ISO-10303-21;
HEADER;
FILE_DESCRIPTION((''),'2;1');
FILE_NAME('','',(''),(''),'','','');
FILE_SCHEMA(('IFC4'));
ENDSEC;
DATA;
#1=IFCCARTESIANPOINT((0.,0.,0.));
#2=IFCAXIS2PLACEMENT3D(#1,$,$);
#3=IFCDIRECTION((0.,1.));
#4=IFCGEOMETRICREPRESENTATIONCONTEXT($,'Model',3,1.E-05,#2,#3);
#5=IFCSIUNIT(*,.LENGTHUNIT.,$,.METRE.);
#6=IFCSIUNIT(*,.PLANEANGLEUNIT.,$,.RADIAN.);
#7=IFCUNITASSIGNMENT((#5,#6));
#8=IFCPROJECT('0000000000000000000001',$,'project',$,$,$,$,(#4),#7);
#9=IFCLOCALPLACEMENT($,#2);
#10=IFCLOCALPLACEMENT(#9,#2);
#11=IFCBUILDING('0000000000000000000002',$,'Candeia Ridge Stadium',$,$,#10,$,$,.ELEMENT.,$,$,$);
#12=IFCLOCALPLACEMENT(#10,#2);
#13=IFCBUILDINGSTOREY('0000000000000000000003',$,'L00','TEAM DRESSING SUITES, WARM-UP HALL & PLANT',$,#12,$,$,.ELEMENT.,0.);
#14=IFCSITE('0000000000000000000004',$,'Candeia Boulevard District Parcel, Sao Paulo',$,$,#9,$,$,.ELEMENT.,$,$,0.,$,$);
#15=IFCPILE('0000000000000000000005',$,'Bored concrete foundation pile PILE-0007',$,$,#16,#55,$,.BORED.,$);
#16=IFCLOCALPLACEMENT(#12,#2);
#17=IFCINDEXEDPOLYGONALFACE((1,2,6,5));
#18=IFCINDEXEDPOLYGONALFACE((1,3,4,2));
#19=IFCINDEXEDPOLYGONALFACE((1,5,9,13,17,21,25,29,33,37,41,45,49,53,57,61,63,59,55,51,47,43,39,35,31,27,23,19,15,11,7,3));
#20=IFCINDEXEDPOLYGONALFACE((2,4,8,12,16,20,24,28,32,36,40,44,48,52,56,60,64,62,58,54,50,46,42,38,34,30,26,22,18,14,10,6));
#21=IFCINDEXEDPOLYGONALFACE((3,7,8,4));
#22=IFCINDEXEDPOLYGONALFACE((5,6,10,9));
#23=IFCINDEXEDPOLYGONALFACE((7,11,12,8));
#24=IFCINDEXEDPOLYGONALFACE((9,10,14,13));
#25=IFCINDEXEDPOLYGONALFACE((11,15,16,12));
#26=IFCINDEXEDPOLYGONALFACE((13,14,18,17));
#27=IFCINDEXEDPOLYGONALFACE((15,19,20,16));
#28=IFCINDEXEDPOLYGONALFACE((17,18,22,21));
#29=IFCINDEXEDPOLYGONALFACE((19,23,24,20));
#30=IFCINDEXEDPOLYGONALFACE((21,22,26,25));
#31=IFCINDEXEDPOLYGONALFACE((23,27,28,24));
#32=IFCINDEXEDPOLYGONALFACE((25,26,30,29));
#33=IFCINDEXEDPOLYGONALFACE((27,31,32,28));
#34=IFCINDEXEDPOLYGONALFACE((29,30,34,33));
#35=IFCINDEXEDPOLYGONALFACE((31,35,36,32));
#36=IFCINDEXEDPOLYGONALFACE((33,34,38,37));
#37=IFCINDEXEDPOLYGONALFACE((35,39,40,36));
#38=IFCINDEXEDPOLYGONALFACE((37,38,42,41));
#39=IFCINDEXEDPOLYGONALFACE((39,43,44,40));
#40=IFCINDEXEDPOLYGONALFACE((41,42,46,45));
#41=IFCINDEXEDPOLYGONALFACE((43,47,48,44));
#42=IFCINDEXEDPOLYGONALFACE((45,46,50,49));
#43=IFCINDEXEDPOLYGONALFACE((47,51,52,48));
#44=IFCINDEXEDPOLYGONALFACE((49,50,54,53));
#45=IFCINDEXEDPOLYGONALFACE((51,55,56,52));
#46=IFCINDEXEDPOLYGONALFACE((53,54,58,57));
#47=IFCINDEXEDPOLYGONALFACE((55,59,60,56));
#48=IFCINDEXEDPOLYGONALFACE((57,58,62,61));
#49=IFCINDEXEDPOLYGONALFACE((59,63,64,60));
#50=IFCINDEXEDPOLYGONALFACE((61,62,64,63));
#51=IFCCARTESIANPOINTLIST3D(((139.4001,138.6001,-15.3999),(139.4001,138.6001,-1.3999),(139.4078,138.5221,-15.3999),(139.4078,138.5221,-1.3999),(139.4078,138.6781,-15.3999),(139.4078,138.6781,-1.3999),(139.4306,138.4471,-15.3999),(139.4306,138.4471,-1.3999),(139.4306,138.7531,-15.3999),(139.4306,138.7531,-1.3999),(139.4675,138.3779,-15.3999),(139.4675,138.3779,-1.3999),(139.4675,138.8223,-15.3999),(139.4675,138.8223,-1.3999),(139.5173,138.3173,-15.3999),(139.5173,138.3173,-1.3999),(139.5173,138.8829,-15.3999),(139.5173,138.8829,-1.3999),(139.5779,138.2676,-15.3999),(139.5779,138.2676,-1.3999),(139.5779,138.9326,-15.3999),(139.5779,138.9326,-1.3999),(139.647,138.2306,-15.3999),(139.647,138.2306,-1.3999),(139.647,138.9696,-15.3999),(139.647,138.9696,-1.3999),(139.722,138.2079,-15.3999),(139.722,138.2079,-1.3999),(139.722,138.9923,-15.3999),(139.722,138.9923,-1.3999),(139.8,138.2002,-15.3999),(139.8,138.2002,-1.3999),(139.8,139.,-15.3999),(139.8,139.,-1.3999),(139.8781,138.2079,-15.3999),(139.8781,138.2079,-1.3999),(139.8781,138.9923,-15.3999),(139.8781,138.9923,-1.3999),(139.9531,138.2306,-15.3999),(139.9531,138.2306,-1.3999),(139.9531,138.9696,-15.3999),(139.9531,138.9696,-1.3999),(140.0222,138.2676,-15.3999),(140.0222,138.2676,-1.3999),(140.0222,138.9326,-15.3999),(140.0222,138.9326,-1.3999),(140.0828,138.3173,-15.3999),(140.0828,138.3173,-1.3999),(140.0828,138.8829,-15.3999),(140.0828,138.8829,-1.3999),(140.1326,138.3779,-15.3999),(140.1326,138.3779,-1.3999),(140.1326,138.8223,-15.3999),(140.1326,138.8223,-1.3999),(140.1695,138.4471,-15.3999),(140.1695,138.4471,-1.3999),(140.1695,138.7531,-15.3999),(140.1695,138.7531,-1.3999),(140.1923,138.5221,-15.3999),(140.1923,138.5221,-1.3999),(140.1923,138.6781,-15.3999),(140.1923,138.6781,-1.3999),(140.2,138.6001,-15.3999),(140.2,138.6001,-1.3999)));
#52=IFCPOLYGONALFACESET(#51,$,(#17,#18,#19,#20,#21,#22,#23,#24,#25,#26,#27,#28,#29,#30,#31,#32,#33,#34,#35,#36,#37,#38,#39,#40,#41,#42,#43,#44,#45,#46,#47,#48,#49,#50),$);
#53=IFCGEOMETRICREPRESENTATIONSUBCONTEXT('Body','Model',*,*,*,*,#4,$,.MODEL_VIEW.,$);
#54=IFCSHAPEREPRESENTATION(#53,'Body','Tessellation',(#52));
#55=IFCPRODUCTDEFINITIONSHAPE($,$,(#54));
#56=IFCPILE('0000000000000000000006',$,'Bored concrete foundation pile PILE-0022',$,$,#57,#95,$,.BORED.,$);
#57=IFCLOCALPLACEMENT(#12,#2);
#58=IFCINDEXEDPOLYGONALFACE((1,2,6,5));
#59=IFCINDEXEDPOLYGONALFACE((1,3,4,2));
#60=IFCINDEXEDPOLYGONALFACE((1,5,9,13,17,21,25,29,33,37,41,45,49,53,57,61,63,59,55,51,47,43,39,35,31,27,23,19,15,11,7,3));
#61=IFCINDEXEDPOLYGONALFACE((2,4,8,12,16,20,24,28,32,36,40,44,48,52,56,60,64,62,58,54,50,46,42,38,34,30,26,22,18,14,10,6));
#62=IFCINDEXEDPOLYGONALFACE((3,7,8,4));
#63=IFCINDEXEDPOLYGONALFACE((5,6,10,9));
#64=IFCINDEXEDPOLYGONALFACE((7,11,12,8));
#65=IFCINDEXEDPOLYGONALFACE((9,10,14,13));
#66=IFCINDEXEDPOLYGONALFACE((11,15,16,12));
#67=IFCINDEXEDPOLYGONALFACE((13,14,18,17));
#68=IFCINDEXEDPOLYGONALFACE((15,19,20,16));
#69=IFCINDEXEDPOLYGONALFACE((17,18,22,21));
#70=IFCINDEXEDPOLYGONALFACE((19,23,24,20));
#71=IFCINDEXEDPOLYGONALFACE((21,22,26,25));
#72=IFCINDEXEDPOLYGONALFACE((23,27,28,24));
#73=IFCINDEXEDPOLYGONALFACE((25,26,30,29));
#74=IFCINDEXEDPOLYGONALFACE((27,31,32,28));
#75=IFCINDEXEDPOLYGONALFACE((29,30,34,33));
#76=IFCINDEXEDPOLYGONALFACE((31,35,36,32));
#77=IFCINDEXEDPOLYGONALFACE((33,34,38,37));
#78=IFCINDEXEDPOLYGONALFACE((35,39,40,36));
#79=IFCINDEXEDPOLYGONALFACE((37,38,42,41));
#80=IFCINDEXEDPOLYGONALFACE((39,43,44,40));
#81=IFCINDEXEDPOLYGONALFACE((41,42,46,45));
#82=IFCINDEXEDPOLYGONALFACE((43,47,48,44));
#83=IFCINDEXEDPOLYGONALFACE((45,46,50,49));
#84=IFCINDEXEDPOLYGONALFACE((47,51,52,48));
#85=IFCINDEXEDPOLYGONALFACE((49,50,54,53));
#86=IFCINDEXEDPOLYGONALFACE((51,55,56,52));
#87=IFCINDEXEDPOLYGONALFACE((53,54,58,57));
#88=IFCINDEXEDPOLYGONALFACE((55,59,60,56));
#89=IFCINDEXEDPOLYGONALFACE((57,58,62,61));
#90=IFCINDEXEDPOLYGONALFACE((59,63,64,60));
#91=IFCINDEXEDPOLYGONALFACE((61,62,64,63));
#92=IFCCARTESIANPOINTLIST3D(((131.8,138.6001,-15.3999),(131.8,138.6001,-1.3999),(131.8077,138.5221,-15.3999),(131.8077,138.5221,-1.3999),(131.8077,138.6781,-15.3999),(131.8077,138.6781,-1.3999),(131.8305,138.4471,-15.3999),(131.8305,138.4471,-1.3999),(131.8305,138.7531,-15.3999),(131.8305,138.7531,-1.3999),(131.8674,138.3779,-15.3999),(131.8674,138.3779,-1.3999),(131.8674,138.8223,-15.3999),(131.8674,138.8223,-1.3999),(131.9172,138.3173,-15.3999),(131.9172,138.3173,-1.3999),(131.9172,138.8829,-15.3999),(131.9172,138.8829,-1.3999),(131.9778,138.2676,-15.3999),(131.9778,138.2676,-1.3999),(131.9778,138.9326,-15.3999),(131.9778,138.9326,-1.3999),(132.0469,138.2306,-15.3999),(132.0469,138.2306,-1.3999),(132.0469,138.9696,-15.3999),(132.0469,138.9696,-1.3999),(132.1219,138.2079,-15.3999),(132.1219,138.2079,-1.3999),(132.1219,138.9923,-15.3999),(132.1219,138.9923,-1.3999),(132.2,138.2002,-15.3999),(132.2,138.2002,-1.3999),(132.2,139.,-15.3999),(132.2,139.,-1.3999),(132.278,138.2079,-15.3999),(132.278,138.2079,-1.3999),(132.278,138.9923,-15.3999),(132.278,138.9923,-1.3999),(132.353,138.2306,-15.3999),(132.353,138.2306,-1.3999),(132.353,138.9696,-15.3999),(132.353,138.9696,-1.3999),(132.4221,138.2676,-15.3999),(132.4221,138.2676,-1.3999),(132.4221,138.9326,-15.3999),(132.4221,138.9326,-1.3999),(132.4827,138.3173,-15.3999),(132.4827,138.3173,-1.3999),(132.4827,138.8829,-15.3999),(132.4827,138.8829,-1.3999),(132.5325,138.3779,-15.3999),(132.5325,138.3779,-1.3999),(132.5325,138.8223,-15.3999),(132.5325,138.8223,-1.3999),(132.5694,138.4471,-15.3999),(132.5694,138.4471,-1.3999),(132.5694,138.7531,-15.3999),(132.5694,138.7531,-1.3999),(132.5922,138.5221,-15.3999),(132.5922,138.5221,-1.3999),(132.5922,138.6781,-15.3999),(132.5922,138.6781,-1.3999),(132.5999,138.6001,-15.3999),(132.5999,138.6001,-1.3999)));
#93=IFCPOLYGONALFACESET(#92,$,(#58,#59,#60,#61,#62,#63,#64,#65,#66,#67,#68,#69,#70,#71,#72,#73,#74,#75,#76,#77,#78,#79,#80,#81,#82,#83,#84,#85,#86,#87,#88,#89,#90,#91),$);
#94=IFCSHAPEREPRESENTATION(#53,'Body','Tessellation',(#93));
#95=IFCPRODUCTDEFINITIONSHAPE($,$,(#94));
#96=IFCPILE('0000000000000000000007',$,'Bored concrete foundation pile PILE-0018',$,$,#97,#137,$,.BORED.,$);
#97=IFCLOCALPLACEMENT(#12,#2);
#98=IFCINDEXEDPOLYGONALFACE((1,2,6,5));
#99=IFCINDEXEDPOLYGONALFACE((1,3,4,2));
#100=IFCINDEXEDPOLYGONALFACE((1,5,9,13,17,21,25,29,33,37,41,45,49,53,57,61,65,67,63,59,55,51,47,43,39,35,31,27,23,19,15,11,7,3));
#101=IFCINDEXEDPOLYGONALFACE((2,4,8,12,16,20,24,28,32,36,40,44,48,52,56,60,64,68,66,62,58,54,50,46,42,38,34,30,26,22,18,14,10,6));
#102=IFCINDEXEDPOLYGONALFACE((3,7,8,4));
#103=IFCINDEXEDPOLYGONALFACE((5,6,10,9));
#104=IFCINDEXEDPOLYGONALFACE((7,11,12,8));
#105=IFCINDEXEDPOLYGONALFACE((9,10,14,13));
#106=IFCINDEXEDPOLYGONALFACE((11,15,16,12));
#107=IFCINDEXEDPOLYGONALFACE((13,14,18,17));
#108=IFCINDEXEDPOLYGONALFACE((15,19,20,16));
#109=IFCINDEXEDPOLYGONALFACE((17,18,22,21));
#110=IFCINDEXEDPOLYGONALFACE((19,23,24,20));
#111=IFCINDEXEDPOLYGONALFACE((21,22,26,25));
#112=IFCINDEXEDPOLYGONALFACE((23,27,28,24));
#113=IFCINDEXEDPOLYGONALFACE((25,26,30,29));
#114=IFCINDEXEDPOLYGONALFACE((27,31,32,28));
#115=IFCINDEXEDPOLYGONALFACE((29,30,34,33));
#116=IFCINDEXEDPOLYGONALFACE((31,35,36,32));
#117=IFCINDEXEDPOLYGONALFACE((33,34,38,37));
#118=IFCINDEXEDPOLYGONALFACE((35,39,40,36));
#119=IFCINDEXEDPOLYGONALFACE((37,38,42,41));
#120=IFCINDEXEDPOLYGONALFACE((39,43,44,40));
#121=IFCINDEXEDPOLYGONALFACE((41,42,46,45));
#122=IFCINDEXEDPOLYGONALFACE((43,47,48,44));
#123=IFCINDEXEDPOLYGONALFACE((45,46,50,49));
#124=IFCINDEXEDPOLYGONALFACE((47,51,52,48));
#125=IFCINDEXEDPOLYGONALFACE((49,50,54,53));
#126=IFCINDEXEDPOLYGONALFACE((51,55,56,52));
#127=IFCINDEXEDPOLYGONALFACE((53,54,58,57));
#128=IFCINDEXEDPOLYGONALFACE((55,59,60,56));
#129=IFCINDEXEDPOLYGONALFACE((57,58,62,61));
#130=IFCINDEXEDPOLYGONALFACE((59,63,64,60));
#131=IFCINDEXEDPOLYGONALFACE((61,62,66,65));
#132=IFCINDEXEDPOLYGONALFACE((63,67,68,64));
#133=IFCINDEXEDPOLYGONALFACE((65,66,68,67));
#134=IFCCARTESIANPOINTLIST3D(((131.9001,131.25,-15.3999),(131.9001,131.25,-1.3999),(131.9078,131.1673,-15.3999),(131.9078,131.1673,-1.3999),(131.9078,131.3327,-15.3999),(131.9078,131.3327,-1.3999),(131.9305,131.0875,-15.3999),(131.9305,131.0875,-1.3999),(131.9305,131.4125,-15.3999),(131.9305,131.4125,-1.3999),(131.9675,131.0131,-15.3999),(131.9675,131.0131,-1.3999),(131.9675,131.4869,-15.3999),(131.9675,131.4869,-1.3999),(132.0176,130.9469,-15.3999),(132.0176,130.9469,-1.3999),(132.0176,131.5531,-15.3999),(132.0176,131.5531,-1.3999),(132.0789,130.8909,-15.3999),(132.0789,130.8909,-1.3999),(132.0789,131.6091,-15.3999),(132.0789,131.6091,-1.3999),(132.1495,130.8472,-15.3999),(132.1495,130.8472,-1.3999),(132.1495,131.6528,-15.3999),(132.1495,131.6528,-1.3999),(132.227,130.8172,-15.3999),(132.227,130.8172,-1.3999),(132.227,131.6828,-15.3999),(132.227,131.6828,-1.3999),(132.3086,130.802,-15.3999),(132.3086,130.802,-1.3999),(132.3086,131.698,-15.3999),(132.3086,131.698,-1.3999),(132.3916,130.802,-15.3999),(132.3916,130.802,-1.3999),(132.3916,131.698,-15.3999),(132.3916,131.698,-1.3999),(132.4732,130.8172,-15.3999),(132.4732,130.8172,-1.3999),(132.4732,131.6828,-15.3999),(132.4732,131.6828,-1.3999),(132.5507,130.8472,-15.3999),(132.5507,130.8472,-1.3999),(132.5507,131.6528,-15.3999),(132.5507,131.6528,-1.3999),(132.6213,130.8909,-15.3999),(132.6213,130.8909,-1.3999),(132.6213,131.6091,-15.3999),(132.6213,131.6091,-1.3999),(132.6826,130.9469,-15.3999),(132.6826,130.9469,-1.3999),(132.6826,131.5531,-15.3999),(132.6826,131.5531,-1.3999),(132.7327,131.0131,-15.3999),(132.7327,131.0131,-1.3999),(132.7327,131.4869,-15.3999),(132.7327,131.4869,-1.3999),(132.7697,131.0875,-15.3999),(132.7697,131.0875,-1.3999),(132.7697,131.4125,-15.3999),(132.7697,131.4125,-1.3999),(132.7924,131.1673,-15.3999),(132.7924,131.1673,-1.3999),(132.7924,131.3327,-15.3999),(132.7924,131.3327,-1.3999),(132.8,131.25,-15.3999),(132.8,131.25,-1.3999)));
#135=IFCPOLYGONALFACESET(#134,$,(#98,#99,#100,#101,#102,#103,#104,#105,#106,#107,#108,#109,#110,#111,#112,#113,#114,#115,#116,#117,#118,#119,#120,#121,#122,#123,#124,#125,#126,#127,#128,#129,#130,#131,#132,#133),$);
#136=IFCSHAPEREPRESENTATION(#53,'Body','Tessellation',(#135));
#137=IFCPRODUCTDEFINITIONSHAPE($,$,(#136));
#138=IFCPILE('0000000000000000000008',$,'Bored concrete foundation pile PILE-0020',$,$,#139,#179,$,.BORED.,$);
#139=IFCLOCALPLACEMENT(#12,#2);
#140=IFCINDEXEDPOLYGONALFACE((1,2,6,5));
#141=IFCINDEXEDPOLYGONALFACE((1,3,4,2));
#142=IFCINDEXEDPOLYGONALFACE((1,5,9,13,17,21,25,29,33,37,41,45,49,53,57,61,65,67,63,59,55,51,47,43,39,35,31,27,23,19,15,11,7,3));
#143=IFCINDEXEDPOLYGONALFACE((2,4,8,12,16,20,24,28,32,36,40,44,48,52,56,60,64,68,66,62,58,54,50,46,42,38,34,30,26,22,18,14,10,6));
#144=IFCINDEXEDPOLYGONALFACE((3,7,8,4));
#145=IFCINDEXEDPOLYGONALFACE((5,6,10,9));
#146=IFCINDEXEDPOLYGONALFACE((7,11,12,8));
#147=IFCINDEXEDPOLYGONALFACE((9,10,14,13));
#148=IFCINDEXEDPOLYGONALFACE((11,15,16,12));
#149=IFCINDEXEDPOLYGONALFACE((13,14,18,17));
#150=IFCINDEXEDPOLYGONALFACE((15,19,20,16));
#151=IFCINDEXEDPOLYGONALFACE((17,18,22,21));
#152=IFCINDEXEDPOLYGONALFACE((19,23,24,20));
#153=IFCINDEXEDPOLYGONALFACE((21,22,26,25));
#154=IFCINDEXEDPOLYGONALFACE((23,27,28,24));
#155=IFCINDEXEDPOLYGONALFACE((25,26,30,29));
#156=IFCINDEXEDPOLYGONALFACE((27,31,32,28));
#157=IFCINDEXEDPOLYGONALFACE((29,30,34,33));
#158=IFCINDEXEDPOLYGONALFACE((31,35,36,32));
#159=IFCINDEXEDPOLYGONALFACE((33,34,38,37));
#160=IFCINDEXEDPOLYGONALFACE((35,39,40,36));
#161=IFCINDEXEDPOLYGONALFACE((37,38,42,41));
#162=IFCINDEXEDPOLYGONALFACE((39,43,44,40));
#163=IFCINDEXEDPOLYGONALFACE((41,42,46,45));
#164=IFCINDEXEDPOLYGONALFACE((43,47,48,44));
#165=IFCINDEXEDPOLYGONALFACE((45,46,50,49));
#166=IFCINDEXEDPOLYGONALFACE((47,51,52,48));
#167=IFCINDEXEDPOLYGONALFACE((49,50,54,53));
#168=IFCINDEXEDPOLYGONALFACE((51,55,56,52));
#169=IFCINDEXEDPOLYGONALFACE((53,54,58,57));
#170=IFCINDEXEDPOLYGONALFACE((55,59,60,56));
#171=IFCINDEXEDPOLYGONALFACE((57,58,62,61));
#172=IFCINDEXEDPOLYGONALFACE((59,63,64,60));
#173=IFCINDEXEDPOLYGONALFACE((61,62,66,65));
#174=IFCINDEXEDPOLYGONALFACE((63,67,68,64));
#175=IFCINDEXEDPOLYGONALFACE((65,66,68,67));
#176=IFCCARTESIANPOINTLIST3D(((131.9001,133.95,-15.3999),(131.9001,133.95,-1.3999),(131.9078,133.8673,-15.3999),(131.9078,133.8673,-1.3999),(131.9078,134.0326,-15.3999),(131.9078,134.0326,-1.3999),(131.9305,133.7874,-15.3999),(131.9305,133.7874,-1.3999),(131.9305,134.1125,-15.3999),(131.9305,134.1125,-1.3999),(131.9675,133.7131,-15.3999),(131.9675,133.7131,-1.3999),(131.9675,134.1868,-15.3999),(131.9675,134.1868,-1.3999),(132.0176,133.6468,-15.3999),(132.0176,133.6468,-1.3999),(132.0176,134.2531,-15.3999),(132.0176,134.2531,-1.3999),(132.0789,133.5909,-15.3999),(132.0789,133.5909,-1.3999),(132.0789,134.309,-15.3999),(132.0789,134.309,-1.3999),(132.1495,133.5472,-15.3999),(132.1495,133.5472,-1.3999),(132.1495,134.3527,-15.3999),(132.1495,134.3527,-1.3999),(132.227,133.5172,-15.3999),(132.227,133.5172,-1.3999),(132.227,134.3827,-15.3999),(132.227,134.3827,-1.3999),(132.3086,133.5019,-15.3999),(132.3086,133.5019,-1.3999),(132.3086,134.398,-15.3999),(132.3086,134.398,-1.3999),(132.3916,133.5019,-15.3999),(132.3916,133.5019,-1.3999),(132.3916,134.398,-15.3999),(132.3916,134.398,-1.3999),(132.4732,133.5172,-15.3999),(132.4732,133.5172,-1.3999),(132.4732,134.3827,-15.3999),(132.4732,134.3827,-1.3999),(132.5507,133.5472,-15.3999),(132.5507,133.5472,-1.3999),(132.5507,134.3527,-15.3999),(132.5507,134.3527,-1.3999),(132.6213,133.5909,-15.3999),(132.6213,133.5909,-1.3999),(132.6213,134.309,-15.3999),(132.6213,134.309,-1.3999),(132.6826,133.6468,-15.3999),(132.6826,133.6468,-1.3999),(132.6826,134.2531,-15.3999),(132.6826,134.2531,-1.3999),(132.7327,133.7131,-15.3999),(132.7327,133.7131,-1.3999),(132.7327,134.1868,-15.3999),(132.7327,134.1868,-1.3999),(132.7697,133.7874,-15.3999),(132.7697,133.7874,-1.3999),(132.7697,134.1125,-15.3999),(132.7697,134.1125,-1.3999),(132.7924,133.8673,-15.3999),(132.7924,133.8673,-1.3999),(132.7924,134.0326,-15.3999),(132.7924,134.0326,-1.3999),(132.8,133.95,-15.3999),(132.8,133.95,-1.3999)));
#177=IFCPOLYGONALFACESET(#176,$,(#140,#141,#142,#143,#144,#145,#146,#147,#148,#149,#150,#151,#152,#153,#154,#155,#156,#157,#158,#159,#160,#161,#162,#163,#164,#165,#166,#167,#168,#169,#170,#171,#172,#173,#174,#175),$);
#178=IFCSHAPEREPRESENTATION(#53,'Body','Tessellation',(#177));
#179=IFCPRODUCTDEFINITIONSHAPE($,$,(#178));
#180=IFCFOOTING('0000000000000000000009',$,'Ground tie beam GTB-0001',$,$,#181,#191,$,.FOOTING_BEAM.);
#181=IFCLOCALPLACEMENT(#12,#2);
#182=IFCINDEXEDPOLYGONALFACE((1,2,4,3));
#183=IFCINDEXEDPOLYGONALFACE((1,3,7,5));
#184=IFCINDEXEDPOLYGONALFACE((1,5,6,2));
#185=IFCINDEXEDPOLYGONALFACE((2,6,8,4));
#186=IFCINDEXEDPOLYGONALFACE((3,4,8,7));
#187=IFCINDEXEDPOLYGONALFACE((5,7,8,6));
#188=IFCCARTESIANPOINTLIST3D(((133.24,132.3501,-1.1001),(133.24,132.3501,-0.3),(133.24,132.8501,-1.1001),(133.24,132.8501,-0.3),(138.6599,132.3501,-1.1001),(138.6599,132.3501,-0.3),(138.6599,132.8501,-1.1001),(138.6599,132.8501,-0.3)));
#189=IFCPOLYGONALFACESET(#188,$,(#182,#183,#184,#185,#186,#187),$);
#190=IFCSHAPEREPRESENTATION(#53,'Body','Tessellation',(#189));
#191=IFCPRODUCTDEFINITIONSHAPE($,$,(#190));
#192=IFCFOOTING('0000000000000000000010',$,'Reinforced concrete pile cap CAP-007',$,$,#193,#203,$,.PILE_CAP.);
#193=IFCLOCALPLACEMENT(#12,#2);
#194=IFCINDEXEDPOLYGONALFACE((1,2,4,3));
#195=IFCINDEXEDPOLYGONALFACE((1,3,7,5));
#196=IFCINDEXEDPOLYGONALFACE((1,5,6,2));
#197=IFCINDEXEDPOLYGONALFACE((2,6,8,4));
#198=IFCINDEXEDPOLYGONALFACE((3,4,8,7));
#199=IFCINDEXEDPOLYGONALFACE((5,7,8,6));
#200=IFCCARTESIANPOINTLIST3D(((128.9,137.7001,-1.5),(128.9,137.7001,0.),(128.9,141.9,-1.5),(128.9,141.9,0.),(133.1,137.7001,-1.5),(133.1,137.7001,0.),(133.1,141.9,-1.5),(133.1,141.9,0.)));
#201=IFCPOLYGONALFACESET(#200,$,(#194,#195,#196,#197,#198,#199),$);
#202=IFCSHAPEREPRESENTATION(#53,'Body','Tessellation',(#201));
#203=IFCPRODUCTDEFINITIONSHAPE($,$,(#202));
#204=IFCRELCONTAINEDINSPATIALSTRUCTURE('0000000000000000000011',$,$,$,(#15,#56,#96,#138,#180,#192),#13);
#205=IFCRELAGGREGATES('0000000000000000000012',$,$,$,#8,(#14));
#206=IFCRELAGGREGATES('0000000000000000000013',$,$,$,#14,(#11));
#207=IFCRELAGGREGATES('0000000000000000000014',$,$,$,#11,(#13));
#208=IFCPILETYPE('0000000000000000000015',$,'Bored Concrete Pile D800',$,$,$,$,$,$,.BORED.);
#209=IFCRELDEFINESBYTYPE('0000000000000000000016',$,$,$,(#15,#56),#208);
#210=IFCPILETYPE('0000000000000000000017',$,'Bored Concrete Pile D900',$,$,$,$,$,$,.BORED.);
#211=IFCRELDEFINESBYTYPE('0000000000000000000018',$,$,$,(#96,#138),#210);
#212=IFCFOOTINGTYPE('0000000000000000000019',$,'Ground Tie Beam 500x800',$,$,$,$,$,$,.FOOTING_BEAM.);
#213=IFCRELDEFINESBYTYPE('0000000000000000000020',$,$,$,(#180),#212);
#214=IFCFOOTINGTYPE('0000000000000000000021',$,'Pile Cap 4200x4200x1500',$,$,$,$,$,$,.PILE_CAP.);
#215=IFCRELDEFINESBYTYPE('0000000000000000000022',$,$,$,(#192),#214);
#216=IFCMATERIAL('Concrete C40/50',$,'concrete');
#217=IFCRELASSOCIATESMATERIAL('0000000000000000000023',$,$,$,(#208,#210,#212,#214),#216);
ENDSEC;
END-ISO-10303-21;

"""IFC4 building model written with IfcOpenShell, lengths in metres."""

from ifc_helpers import new_model, si_unit, direction, frame, origin, origin_2d, place, context, subcontext, project, spatial, rectangle, circle, extrude, material, material_profile, profile_set, type_object, element, save


model = new_model("IFC4")

# Units and contexts
model_context = context("Model", 3, precision=1e-05, world=origin(), true_north=direction((0.0, 1.0)))
body_context = subcontext(model_context, "Body", "Model", "MODEL_VIEW")
ifc_project = project(units=[si_unit("LENGTHUNIT", "METRE"), si_unit("PLANEANGLEUNIT", "RADIAN")], contexts=[model_context])

# Site, building, storey
site_placement = place(None, origin())
site = spatial("IfcSite", under=ifc_project, at=site_placement, Name="Candeia Boulevard District Parcel, Sao Paulo", CompositionType="ELEMENT", RefElevation=0.0)
building_placement = place(site_placement, origin())
building = spatial("IfcBuilding", under=site, at=building_placement, Name="Candeia Ridge Stadium", CompositionType="ELEMENT")
storey_placement = place(building_placement, origin())
storey = spatial("IfcBuildingStorey", under=building, at=storey_placement, Name="L00", Description="TEAM DRESSING SUITES, WARM-UP HALL & PLANT", CompositionType="ELEMENT", Elevation=0.0)

# Piles
ifc_material_1 = material(Name="Concrete C40/50", Category="concrete")
ifc_material_profile_1 = material_profile(ifc_material_1, circle(Radius=0.3999, at=origin_2d()), Name="PILE-D800", Category="concrete")
ifc_profile_set_1 = profile_set([ifc_material_profile_1], Name="Concrete C40/50")
pile_type_1 = type_object("IfcPileType", Name="Bored Concrete Pile D800", PredefinedType="BORED", material=ifc_profile_set_1)
for number, where, z_axis, x_axis, name in (
    (1, (139.8, 138.6001, -1.3999), (0.0, 0.0, -1.0), (1.0, 0.0, 0.0), "Bored concrete foundation pile PILE-0007"),
    (2, (132.2, 138.6001, -1.3999), (0.0, 0.0, -1.0), (1.0, 0.0, 0.0), "Bored concrete foundation pile PILE-0022"),
):
    element("IfcPile", number, at=place(storey_placement, frame(where, z_axis=z_axis, x_axis=x_axis)), inside=storey, type_object=pile_type_1, Name=name, PredefinedType="BORED", context=body_context, shape_type="SweptSolid", body=[
        extrude(circle(Radius=0.3999, at=origin_2d()), origin(), (0.0, 0.0, 1.0), 14.0),
    ])
ifc_material_profile_2 = material_profile(ifc_material_1, circle(Radius=0.45, at=origin_2d()), Name="PILE-D900", Category="concrete")
ifc_profile_set_2 = profile_set([ifc_material_profile_2], Name="Concrete C40/50")
pile_type_2 = type_object("IfcPileType", Name="Bored Concrete Pile D900", PredefinedType="BORED", material=ifc_profile_set_2)
for number, where, z_axis, x_axis, name in (
    (3, (132.3501, 131.25, -1.3999), (0.0, 0.0, -1.0), (1.0, 0.0, 0.0), "Bored concrete foundation pile PILE-0018"),
    (4, (132.3501, 133.95, -1.3999), (0.0, 0.0, -1.0), (1.0, 0.0, 0.0), "Bored concrete foundation pile PILE-0020"),
):
    element("IfcPile", number, at=place(storey_placement, frame(where, z_axis=z_axis, x_axis=x_axis)), inside=storey, type_object=pile_type_2, Name=name, PredefinedType="BORED", context=body_context, shape_type="SweptSolid", body=[
        extrude(circle(Radius=0.45, at=origin_2d()), origin(), (0.0, 0.0, 1.0), 14.0),
    ])

# Footings
footing_type_1 = type_object("IfcFootingType", Name="Ground Tie Beam 500x800", PredefinedType="FOOTING_BEAM", material=ifc_material_1)
footing_1_placement = place(storey_placement, frame((135.95, 132.6001, -1.1001), z_axis=(0.0, 0.0, 1.0), x_axis=(-1.0, 0.0, 0.0)))
element("IfcFooting", 5, at=footing_1_placement, inside=storey, type_object=footing_type_1, Name="Ground tie beam GTB-0001", PredefinedType="FOOTING_BEAM", context=body_context, shape_type="SweptSolid", body=[
    extrude(rectangle(XDim=5.4199, YDim=0.5, at=origin_2d()), origin(), (0.0, 0.0, 1.0), 0.8),
])
footing_type_2 = type_object("IfcFootingType", Name="Pile Cap 4200x4200x1500", PredefinedType="PILE_CAP", material=ifc_material_1)
footing_2_placement = place(storey_placement, frame((131.0, 139.8, -1.5), z_axis=(0.0, 0.0, 1.0), x_axis=(1.0, 0.0, 0.0)))
element("IfcFooting", 6, at=footing_2_placement, inside=storey, type_object=footing_type_2, Name="Reinforced concrete pile cap CAP-007", PredefinedType="PILE_CAP", context=body_context, shape_type="SweptSolid", body=[
    extrude(rectangle(XDim=4.2, YDim=4.2, at=origin_2d()), origin(), (0.0, 0.0, 1.0), 1.5),
])

save(model, "model.ifc")
